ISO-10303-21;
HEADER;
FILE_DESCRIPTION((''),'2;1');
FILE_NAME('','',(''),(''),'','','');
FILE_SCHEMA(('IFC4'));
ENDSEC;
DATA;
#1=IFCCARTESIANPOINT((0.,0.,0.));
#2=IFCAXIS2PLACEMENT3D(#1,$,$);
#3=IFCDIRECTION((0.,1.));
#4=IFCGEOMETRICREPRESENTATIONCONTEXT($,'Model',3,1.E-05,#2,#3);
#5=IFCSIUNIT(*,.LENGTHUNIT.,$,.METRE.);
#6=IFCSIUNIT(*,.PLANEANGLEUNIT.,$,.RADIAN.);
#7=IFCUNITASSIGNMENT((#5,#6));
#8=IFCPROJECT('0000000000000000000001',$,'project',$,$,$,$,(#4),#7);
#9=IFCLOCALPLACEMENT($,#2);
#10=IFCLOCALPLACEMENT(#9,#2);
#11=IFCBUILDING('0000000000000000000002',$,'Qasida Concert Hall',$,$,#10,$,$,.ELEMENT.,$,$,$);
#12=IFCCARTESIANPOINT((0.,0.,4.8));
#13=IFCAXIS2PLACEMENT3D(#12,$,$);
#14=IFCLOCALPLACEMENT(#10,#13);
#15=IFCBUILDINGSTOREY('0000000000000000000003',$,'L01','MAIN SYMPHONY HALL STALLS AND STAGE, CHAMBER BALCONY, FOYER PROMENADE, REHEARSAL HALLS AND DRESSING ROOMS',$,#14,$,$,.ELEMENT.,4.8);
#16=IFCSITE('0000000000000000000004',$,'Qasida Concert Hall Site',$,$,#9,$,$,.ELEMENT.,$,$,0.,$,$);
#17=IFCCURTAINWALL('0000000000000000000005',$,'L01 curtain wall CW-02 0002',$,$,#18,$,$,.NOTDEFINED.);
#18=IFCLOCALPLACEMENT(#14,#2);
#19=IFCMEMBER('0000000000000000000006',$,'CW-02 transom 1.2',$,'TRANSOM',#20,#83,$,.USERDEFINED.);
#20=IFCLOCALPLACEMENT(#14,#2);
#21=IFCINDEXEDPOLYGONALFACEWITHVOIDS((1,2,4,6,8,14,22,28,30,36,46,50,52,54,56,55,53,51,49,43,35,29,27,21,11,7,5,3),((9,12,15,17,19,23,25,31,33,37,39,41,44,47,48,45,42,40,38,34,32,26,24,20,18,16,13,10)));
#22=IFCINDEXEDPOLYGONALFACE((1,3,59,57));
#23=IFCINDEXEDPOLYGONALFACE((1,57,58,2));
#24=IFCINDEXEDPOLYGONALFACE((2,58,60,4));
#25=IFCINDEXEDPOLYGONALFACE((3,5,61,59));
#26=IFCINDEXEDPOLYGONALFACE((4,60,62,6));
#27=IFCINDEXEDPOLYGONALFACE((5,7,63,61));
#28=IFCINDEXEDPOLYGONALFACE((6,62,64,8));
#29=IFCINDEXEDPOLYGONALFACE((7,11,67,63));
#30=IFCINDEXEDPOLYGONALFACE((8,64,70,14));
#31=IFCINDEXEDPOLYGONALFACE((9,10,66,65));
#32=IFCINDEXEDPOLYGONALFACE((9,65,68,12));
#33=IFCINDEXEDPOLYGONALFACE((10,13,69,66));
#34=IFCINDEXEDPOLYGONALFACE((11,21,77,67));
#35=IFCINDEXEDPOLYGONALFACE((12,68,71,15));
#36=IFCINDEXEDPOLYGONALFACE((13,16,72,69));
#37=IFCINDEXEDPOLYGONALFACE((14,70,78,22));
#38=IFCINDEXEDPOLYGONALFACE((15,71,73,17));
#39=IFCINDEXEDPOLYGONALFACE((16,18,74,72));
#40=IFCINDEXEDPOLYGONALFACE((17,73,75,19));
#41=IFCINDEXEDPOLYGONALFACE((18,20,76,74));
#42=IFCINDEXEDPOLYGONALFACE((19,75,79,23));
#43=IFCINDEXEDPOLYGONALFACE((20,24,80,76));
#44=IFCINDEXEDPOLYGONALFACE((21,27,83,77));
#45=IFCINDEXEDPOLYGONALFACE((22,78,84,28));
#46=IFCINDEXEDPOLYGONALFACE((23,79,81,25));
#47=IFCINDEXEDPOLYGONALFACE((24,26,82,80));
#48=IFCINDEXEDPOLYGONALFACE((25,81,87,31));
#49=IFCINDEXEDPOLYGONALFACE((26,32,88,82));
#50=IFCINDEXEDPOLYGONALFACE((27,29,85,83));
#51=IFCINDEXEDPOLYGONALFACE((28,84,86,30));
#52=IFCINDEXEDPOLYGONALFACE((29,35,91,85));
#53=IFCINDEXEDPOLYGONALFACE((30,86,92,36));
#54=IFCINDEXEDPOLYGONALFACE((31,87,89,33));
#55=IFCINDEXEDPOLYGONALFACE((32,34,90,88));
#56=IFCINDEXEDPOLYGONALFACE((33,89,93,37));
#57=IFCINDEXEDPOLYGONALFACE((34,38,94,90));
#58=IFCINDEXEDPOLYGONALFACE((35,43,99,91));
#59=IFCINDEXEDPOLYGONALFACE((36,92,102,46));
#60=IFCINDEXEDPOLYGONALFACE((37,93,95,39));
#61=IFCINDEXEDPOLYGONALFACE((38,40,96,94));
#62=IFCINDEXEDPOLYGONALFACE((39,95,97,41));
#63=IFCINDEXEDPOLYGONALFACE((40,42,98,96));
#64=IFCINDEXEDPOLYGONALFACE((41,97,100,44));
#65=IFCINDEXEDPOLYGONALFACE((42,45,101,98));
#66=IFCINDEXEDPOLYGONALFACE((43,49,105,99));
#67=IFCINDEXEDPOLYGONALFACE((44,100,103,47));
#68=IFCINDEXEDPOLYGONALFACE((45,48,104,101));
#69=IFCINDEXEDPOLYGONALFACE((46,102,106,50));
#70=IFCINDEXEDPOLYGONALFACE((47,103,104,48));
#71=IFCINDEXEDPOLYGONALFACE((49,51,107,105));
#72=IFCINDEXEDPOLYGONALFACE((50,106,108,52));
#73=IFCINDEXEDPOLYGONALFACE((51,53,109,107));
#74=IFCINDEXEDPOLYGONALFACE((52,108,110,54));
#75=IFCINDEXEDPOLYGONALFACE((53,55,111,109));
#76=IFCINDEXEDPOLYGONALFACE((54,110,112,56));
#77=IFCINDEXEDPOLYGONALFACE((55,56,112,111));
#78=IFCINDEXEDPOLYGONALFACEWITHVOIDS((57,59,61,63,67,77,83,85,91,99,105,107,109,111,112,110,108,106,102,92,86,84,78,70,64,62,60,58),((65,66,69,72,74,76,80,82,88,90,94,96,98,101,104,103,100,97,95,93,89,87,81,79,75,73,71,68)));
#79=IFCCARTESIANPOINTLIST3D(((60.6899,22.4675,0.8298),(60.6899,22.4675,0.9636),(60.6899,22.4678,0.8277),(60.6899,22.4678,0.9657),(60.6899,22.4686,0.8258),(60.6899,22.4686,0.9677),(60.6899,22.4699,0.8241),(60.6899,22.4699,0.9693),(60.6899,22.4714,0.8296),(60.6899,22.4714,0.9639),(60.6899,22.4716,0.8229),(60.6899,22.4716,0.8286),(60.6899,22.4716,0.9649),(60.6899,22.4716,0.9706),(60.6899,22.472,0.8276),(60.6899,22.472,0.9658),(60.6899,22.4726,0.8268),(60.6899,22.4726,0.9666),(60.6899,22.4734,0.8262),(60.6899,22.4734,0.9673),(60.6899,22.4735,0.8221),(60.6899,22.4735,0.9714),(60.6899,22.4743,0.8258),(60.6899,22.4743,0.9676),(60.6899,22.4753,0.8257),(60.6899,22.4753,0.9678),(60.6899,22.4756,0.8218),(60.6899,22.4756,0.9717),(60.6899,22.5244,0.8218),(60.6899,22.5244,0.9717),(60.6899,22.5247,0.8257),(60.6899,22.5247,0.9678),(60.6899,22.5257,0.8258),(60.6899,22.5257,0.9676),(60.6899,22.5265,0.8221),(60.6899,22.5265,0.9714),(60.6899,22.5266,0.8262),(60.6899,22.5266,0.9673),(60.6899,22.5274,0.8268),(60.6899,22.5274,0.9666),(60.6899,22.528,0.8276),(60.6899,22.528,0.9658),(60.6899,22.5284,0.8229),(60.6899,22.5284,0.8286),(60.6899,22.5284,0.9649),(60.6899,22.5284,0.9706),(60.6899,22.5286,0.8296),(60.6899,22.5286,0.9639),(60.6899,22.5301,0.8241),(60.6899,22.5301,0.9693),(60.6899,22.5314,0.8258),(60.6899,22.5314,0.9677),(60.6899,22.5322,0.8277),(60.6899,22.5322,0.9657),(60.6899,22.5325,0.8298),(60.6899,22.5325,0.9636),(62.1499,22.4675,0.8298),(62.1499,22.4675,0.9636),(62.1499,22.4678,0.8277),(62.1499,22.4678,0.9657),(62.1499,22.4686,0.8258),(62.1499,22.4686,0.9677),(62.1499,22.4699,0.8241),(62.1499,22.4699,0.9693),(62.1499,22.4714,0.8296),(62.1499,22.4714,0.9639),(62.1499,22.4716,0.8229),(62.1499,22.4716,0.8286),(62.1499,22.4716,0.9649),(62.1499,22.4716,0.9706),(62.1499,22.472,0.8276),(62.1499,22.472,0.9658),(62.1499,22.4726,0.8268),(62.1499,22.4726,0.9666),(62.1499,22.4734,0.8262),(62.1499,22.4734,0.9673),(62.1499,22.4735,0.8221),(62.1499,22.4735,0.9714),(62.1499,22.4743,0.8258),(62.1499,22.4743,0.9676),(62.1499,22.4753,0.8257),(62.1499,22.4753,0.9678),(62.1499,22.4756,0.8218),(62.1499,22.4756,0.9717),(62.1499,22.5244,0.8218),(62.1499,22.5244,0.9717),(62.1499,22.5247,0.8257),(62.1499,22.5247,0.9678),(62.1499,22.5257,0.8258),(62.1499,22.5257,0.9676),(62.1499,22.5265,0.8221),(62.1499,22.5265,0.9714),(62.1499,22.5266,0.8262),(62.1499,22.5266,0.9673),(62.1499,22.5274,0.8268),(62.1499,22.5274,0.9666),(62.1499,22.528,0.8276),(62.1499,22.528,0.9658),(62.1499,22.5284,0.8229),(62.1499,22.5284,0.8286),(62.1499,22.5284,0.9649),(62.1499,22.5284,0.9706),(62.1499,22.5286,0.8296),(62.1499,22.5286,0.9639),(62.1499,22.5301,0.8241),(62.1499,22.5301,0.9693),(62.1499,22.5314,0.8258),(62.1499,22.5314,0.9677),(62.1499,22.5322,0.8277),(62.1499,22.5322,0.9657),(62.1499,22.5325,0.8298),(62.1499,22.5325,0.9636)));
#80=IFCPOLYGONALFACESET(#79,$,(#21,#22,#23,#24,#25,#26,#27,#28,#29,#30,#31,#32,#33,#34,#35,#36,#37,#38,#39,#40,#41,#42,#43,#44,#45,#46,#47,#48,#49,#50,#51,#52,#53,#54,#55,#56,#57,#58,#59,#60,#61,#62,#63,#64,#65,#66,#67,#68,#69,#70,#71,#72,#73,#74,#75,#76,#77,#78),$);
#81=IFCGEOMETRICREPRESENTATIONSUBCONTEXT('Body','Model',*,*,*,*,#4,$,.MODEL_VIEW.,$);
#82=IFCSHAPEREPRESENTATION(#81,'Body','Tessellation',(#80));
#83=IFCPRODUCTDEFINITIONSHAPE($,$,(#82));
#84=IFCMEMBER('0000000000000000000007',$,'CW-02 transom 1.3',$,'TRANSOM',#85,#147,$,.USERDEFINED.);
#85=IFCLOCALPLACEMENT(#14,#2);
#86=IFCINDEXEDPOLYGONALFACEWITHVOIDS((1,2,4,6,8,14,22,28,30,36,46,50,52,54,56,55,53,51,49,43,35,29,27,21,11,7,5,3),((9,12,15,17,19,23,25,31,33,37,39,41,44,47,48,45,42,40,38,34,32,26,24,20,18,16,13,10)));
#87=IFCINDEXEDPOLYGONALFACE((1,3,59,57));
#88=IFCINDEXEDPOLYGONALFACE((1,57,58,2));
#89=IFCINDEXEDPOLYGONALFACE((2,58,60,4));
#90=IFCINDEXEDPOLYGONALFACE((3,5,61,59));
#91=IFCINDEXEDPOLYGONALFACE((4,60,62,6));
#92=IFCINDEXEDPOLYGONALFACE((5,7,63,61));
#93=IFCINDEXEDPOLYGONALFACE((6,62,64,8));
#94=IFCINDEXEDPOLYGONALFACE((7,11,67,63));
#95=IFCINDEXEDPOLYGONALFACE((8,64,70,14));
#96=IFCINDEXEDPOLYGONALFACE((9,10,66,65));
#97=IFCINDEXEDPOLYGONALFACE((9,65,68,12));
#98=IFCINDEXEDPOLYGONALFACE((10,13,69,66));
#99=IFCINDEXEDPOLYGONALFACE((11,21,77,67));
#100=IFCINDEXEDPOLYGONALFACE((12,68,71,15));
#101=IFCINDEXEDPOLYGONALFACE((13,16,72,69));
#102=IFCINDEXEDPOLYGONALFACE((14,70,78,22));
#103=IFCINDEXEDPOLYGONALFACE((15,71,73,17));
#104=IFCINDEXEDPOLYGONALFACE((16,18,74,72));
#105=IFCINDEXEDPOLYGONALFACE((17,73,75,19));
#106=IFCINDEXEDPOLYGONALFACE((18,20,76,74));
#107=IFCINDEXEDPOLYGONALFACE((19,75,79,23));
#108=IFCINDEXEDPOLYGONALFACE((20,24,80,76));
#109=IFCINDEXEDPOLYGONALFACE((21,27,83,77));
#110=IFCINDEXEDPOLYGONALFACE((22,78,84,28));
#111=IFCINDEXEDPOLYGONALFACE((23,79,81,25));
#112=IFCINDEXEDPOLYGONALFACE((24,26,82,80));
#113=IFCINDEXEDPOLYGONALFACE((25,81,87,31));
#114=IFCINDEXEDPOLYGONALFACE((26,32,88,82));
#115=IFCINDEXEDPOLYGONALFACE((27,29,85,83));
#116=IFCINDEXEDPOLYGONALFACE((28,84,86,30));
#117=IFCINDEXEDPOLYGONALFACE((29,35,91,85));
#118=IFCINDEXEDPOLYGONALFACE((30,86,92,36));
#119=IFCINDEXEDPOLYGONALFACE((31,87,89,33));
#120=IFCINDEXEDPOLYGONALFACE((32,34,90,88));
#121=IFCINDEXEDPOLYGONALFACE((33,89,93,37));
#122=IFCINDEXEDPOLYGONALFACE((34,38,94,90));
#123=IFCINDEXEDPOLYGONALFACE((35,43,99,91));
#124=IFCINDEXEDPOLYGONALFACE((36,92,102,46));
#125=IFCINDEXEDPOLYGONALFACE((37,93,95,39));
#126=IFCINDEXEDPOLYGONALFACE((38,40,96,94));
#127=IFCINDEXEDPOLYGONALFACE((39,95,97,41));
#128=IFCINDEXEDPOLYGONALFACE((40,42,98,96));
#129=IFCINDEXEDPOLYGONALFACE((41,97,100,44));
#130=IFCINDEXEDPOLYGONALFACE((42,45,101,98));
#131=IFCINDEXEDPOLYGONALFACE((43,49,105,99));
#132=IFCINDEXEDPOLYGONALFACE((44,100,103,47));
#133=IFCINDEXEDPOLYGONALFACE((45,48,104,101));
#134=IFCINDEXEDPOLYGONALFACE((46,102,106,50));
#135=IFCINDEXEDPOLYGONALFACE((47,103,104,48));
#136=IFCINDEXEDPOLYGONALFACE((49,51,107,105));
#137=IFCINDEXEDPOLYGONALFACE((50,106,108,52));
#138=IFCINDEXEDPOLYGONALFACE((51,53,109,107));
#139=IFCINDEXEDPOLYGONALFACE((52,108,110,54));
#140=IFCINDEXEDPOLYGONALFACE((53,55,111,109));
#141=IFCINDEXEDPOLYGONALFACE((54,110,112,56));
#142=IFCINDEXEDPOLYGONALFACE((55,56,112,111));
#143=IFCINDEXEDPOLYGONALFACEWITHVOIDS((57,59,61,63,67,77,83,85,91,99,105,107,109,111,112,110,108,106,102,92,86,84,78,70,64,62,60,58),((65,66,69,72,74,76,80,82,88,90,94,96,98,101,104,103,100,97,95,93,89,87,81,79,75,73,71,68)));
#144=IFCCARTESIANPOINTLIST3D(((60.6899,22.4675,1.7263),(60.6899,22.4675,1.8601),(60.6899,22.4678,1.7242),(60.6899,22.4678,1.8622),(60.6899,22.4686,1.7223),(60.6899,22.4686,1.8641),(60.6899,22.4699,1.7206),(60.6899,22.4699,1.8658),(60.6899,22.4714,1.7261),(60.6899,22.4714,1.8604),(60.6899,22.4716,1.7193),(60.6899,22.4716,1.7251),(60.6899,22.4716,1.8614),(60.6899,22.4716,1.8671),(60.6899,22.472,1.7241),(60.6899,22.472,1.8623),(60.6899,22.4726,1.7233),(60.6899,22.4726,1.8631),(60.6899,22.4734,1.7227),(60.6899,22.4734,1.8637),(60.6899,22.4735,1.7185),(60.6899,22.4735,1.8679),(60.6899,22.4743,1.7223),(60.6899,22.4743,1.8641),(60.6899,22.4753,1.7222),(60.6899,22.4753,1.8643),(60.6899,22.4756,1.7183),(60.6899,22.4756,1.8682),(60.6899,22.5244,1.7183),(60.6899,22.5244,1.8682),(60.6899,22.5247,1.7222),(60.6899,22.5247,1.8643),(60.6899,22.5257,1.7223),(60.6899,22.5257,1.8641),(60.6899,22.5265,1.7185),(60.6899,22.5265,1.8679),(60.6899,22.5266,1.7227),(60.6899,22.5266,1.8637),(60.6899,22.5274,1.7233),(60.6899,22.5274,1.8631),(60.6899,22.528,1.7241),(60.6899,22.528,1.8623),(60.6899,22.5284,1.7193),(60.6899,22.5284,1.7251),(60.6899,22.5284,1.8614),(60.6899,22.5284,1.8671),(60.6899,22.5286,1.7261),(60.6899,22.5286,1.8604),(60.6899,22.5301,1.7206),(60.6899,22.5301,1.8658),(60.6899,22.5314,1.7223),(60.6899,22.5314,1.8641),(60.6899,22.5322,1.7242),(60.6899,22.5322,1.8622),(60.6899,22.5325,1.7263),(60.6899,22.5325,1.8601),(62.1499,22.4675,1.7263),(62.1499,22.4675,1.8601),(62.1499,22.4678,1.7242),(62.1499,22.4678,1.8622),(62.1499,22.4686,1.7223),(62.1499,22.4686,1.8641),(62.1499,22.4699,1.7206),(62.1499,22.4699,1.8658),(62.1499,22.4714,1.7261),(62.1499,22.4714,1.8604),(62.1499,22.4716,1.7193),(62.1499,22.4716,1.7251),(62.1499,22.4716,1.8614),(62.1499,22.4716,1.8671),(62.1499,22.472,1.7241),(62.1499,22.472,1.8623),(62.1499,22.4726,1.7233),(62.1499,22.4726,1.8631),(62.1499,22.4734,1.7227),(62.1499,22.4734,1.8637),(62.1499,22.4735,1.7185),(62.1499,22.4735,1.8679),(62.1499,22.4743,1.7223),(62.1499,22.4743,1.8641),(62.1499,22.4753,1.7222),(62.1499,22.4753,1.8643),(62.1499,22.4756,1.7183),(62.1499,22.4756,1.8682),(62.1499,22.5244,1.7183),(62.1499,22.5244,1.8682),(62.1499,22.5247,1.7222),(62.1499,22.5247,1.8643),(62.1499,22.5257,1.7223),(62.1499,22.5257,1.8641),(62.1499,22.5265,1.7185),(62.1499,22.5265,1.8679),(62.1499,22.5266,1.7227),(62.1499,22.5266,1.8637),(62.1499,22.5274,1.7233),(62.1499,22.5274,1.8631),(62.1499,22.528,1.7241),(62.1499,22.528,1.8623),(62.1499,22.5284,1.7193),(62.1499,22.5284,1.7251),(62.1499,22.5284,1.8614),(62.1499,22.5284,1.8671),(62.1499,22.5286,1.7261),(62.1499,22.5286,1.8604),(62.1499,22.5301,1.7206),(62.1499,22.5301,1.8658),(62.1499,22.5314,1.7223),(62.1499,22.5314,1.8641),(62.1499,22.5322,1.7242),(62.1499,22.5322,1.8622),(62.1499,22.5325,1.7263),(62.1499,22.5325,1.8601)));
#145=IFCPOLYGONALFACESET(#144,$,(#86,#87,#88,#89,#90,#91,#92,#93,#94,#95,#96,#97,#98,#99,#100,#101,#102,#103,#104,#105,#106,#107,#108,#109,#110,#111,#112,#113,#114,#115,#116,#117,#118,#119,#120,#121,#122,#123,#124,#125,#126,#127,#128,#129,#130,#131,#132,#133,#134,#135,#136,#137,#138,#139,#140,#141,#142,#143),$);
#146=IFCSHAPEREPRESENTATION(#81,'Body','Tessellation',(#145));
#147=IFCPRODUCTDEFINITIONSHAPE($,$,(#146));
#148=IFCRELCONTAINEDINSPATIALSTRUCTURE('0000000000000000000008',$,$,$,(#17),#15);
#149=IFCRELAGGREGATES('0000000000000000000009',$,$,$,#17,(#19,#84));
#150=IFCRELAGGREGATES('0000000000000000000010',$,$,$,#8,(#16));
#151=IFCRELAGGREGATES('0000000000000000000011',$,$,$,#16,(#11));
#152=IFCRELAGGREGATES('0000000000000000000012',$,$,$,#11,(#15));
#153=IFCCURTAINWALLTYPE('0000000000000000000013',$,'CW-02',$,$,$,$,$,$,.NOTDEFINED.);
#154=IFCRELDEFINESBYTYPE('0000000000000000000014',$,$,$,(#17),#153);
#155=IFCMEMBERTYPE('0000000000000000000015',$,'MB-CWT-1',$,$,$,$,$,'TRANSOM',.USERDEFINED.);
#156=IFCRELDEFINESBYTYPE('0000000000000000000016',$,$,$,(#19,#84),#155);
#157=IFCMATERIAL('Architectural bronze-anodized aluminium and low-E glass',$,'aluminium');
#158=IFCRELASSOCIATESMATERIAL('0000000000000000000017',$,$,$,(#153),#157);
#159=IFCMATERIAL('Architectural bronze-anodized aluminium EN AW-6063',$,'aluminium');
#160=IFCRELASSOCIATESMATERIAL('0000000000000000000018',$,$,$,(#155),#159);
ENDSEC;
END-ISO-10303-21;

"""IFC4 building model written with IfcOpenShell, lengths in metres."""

from ifc_helpers import new_model, si_unit, direction, frame, origin, origin_2d, place, context, subcontext, project, spatial, hollow_rectangle, extrude, material, material_profile, profile_set, type_object, element, aggregate, save


model = new_model("IFC4")

# Units and contexts
model_context = context("Model", 3, precision=1e-05, world=origin(), true_north=direction((0.0, 1.0)))
body_context = subcontext(model_context, "Body", "Model", "MODEL_VIEW")
ifc_project = project(units=[si_unit("LENGTHUNIT", "METRE"), si_unit("PLANEANGLEUNIT", "RADIAN")], contexts=[model_context])

# Site, building, storey
site_placement = place(None, origin())
site = spatial("IfcSite", under=ifc_project, at=site_placement, Name="Qasida Concert Hall Site", CompositionType="ELEMENT", RefElevation=0.0)
building_placement = place(site_placement, origin())
building = spatial("IfcBuilding", under=site, at=building_placement, Name="Qasida Concert Hall", CompositionType="ELEMENT")
storey_placement = place(building_placement, frame((0.0, 0.0, 4.8)))
storey = spatial("IfcBuildingStorey", under=building, at=storey_placement, Name="L01", Description="MAIN SYMPHONY HALL STALLS AND STAGE, CHAMBER BALCONY, FOYER PROMENADE, REHEARSAL HALLS AND DRESSING ROOMS", CompositionType="ELEMENT", Elevation=4.8)

# Curtain wall, members
ifc_material_1 = material(Name="Architectural bronze-anodized aluminium and low-E glass", Category="aluminium")
curtain_wall_type = type_object("IfcCurtainWallType", Name="CW-02", PredefinedType="NOTDEFINED", material=ifc_material_1)
curtain_wall_placement = place(storey_placement, origin())
curtain_wall = element("IfcCurtainWall", 1, at=curtain_wall_placement, inside=storey, type_object=curtain_wall_type, Name="L01 curtain wall CW-02 0002", PredefinedType="NOTDEFINED")
ifc_material_2 = material(Name="Architectural bronze-anodized aluminium EN AW-6063", Category="aluminium")
ifc_material_profile_1 = material_profile(ifc_material_2, hollow_rectangle(XDim=0.0649, YDim=0.1499, WallThickness=0.0039, InnerFilletRadius=0.0039, OuterFilletRadius=0.0081, at=origin_2d()), Name="CWT 150x65x4")
ifc_profile_set_1 = profile_set([ifc_material_profile_1], Name="Architectural bronze-anodized aluminium EN AW-6063")
member_type_1 = type_object("IfcMemberType", Name="MB-CWT-1", ElementType="TRANSOM", PredefinedType="USERDEFINED", material=ifc_profile_set_1)
member_1_placement = place(storey_placement, frame((60.6899, 22.5, 0.8967), z_axis=(1.0, 0.0, 0.0), x_axis=(0.0, 1.0, 0.0)))
member_1 = element("IfcMember", 2, at=member_1_placement, type_object=member_type_1, Name="CW-02 transom 1.2", ObjectType="TRANSOM", PredefinedType="USERDEFINED", context=body_context, shape_type="SweptSolid", body=[
    extrude(hollow_rectangle(XDim=0.0649, YDim=0.1499, WallThickness=0.0039, InnerFilletRadius=0.0039, OuterFilletRadius=0.0081, at=origin_2d()), origin(), (0.0, 0.0, 1.0), 1.46),
])
member_2_placement = place(storey_placement, frame((60.6899, 22.5, 1.7932), z_axis=(1.0, 0.0, 0.0), x_axis=(0.0, 1.0, 0.0)))
member_2 = element("IfcMember", 3, at=member_2_placement, type_object=member_type_1, Name="CW-02 transom 1.3", ObjectType="TRANSOM", PredefinedType="USERDEFINED", context=body_context, shape_type="SweptSolid", body=[
    extrude(hollow_rectangle(XDim=0.0649, YDim=0.1499, WallThickness=0.0039, InnerFilletRadius=0.0039, OuterFilletRadius=0.0081, at=origin_2d()), origin(), (0.0, 0.0, 1.0), 1.46),
])
aggregate(curtain_wall, [member_1, member_2])

save(model, "model.ifc")
